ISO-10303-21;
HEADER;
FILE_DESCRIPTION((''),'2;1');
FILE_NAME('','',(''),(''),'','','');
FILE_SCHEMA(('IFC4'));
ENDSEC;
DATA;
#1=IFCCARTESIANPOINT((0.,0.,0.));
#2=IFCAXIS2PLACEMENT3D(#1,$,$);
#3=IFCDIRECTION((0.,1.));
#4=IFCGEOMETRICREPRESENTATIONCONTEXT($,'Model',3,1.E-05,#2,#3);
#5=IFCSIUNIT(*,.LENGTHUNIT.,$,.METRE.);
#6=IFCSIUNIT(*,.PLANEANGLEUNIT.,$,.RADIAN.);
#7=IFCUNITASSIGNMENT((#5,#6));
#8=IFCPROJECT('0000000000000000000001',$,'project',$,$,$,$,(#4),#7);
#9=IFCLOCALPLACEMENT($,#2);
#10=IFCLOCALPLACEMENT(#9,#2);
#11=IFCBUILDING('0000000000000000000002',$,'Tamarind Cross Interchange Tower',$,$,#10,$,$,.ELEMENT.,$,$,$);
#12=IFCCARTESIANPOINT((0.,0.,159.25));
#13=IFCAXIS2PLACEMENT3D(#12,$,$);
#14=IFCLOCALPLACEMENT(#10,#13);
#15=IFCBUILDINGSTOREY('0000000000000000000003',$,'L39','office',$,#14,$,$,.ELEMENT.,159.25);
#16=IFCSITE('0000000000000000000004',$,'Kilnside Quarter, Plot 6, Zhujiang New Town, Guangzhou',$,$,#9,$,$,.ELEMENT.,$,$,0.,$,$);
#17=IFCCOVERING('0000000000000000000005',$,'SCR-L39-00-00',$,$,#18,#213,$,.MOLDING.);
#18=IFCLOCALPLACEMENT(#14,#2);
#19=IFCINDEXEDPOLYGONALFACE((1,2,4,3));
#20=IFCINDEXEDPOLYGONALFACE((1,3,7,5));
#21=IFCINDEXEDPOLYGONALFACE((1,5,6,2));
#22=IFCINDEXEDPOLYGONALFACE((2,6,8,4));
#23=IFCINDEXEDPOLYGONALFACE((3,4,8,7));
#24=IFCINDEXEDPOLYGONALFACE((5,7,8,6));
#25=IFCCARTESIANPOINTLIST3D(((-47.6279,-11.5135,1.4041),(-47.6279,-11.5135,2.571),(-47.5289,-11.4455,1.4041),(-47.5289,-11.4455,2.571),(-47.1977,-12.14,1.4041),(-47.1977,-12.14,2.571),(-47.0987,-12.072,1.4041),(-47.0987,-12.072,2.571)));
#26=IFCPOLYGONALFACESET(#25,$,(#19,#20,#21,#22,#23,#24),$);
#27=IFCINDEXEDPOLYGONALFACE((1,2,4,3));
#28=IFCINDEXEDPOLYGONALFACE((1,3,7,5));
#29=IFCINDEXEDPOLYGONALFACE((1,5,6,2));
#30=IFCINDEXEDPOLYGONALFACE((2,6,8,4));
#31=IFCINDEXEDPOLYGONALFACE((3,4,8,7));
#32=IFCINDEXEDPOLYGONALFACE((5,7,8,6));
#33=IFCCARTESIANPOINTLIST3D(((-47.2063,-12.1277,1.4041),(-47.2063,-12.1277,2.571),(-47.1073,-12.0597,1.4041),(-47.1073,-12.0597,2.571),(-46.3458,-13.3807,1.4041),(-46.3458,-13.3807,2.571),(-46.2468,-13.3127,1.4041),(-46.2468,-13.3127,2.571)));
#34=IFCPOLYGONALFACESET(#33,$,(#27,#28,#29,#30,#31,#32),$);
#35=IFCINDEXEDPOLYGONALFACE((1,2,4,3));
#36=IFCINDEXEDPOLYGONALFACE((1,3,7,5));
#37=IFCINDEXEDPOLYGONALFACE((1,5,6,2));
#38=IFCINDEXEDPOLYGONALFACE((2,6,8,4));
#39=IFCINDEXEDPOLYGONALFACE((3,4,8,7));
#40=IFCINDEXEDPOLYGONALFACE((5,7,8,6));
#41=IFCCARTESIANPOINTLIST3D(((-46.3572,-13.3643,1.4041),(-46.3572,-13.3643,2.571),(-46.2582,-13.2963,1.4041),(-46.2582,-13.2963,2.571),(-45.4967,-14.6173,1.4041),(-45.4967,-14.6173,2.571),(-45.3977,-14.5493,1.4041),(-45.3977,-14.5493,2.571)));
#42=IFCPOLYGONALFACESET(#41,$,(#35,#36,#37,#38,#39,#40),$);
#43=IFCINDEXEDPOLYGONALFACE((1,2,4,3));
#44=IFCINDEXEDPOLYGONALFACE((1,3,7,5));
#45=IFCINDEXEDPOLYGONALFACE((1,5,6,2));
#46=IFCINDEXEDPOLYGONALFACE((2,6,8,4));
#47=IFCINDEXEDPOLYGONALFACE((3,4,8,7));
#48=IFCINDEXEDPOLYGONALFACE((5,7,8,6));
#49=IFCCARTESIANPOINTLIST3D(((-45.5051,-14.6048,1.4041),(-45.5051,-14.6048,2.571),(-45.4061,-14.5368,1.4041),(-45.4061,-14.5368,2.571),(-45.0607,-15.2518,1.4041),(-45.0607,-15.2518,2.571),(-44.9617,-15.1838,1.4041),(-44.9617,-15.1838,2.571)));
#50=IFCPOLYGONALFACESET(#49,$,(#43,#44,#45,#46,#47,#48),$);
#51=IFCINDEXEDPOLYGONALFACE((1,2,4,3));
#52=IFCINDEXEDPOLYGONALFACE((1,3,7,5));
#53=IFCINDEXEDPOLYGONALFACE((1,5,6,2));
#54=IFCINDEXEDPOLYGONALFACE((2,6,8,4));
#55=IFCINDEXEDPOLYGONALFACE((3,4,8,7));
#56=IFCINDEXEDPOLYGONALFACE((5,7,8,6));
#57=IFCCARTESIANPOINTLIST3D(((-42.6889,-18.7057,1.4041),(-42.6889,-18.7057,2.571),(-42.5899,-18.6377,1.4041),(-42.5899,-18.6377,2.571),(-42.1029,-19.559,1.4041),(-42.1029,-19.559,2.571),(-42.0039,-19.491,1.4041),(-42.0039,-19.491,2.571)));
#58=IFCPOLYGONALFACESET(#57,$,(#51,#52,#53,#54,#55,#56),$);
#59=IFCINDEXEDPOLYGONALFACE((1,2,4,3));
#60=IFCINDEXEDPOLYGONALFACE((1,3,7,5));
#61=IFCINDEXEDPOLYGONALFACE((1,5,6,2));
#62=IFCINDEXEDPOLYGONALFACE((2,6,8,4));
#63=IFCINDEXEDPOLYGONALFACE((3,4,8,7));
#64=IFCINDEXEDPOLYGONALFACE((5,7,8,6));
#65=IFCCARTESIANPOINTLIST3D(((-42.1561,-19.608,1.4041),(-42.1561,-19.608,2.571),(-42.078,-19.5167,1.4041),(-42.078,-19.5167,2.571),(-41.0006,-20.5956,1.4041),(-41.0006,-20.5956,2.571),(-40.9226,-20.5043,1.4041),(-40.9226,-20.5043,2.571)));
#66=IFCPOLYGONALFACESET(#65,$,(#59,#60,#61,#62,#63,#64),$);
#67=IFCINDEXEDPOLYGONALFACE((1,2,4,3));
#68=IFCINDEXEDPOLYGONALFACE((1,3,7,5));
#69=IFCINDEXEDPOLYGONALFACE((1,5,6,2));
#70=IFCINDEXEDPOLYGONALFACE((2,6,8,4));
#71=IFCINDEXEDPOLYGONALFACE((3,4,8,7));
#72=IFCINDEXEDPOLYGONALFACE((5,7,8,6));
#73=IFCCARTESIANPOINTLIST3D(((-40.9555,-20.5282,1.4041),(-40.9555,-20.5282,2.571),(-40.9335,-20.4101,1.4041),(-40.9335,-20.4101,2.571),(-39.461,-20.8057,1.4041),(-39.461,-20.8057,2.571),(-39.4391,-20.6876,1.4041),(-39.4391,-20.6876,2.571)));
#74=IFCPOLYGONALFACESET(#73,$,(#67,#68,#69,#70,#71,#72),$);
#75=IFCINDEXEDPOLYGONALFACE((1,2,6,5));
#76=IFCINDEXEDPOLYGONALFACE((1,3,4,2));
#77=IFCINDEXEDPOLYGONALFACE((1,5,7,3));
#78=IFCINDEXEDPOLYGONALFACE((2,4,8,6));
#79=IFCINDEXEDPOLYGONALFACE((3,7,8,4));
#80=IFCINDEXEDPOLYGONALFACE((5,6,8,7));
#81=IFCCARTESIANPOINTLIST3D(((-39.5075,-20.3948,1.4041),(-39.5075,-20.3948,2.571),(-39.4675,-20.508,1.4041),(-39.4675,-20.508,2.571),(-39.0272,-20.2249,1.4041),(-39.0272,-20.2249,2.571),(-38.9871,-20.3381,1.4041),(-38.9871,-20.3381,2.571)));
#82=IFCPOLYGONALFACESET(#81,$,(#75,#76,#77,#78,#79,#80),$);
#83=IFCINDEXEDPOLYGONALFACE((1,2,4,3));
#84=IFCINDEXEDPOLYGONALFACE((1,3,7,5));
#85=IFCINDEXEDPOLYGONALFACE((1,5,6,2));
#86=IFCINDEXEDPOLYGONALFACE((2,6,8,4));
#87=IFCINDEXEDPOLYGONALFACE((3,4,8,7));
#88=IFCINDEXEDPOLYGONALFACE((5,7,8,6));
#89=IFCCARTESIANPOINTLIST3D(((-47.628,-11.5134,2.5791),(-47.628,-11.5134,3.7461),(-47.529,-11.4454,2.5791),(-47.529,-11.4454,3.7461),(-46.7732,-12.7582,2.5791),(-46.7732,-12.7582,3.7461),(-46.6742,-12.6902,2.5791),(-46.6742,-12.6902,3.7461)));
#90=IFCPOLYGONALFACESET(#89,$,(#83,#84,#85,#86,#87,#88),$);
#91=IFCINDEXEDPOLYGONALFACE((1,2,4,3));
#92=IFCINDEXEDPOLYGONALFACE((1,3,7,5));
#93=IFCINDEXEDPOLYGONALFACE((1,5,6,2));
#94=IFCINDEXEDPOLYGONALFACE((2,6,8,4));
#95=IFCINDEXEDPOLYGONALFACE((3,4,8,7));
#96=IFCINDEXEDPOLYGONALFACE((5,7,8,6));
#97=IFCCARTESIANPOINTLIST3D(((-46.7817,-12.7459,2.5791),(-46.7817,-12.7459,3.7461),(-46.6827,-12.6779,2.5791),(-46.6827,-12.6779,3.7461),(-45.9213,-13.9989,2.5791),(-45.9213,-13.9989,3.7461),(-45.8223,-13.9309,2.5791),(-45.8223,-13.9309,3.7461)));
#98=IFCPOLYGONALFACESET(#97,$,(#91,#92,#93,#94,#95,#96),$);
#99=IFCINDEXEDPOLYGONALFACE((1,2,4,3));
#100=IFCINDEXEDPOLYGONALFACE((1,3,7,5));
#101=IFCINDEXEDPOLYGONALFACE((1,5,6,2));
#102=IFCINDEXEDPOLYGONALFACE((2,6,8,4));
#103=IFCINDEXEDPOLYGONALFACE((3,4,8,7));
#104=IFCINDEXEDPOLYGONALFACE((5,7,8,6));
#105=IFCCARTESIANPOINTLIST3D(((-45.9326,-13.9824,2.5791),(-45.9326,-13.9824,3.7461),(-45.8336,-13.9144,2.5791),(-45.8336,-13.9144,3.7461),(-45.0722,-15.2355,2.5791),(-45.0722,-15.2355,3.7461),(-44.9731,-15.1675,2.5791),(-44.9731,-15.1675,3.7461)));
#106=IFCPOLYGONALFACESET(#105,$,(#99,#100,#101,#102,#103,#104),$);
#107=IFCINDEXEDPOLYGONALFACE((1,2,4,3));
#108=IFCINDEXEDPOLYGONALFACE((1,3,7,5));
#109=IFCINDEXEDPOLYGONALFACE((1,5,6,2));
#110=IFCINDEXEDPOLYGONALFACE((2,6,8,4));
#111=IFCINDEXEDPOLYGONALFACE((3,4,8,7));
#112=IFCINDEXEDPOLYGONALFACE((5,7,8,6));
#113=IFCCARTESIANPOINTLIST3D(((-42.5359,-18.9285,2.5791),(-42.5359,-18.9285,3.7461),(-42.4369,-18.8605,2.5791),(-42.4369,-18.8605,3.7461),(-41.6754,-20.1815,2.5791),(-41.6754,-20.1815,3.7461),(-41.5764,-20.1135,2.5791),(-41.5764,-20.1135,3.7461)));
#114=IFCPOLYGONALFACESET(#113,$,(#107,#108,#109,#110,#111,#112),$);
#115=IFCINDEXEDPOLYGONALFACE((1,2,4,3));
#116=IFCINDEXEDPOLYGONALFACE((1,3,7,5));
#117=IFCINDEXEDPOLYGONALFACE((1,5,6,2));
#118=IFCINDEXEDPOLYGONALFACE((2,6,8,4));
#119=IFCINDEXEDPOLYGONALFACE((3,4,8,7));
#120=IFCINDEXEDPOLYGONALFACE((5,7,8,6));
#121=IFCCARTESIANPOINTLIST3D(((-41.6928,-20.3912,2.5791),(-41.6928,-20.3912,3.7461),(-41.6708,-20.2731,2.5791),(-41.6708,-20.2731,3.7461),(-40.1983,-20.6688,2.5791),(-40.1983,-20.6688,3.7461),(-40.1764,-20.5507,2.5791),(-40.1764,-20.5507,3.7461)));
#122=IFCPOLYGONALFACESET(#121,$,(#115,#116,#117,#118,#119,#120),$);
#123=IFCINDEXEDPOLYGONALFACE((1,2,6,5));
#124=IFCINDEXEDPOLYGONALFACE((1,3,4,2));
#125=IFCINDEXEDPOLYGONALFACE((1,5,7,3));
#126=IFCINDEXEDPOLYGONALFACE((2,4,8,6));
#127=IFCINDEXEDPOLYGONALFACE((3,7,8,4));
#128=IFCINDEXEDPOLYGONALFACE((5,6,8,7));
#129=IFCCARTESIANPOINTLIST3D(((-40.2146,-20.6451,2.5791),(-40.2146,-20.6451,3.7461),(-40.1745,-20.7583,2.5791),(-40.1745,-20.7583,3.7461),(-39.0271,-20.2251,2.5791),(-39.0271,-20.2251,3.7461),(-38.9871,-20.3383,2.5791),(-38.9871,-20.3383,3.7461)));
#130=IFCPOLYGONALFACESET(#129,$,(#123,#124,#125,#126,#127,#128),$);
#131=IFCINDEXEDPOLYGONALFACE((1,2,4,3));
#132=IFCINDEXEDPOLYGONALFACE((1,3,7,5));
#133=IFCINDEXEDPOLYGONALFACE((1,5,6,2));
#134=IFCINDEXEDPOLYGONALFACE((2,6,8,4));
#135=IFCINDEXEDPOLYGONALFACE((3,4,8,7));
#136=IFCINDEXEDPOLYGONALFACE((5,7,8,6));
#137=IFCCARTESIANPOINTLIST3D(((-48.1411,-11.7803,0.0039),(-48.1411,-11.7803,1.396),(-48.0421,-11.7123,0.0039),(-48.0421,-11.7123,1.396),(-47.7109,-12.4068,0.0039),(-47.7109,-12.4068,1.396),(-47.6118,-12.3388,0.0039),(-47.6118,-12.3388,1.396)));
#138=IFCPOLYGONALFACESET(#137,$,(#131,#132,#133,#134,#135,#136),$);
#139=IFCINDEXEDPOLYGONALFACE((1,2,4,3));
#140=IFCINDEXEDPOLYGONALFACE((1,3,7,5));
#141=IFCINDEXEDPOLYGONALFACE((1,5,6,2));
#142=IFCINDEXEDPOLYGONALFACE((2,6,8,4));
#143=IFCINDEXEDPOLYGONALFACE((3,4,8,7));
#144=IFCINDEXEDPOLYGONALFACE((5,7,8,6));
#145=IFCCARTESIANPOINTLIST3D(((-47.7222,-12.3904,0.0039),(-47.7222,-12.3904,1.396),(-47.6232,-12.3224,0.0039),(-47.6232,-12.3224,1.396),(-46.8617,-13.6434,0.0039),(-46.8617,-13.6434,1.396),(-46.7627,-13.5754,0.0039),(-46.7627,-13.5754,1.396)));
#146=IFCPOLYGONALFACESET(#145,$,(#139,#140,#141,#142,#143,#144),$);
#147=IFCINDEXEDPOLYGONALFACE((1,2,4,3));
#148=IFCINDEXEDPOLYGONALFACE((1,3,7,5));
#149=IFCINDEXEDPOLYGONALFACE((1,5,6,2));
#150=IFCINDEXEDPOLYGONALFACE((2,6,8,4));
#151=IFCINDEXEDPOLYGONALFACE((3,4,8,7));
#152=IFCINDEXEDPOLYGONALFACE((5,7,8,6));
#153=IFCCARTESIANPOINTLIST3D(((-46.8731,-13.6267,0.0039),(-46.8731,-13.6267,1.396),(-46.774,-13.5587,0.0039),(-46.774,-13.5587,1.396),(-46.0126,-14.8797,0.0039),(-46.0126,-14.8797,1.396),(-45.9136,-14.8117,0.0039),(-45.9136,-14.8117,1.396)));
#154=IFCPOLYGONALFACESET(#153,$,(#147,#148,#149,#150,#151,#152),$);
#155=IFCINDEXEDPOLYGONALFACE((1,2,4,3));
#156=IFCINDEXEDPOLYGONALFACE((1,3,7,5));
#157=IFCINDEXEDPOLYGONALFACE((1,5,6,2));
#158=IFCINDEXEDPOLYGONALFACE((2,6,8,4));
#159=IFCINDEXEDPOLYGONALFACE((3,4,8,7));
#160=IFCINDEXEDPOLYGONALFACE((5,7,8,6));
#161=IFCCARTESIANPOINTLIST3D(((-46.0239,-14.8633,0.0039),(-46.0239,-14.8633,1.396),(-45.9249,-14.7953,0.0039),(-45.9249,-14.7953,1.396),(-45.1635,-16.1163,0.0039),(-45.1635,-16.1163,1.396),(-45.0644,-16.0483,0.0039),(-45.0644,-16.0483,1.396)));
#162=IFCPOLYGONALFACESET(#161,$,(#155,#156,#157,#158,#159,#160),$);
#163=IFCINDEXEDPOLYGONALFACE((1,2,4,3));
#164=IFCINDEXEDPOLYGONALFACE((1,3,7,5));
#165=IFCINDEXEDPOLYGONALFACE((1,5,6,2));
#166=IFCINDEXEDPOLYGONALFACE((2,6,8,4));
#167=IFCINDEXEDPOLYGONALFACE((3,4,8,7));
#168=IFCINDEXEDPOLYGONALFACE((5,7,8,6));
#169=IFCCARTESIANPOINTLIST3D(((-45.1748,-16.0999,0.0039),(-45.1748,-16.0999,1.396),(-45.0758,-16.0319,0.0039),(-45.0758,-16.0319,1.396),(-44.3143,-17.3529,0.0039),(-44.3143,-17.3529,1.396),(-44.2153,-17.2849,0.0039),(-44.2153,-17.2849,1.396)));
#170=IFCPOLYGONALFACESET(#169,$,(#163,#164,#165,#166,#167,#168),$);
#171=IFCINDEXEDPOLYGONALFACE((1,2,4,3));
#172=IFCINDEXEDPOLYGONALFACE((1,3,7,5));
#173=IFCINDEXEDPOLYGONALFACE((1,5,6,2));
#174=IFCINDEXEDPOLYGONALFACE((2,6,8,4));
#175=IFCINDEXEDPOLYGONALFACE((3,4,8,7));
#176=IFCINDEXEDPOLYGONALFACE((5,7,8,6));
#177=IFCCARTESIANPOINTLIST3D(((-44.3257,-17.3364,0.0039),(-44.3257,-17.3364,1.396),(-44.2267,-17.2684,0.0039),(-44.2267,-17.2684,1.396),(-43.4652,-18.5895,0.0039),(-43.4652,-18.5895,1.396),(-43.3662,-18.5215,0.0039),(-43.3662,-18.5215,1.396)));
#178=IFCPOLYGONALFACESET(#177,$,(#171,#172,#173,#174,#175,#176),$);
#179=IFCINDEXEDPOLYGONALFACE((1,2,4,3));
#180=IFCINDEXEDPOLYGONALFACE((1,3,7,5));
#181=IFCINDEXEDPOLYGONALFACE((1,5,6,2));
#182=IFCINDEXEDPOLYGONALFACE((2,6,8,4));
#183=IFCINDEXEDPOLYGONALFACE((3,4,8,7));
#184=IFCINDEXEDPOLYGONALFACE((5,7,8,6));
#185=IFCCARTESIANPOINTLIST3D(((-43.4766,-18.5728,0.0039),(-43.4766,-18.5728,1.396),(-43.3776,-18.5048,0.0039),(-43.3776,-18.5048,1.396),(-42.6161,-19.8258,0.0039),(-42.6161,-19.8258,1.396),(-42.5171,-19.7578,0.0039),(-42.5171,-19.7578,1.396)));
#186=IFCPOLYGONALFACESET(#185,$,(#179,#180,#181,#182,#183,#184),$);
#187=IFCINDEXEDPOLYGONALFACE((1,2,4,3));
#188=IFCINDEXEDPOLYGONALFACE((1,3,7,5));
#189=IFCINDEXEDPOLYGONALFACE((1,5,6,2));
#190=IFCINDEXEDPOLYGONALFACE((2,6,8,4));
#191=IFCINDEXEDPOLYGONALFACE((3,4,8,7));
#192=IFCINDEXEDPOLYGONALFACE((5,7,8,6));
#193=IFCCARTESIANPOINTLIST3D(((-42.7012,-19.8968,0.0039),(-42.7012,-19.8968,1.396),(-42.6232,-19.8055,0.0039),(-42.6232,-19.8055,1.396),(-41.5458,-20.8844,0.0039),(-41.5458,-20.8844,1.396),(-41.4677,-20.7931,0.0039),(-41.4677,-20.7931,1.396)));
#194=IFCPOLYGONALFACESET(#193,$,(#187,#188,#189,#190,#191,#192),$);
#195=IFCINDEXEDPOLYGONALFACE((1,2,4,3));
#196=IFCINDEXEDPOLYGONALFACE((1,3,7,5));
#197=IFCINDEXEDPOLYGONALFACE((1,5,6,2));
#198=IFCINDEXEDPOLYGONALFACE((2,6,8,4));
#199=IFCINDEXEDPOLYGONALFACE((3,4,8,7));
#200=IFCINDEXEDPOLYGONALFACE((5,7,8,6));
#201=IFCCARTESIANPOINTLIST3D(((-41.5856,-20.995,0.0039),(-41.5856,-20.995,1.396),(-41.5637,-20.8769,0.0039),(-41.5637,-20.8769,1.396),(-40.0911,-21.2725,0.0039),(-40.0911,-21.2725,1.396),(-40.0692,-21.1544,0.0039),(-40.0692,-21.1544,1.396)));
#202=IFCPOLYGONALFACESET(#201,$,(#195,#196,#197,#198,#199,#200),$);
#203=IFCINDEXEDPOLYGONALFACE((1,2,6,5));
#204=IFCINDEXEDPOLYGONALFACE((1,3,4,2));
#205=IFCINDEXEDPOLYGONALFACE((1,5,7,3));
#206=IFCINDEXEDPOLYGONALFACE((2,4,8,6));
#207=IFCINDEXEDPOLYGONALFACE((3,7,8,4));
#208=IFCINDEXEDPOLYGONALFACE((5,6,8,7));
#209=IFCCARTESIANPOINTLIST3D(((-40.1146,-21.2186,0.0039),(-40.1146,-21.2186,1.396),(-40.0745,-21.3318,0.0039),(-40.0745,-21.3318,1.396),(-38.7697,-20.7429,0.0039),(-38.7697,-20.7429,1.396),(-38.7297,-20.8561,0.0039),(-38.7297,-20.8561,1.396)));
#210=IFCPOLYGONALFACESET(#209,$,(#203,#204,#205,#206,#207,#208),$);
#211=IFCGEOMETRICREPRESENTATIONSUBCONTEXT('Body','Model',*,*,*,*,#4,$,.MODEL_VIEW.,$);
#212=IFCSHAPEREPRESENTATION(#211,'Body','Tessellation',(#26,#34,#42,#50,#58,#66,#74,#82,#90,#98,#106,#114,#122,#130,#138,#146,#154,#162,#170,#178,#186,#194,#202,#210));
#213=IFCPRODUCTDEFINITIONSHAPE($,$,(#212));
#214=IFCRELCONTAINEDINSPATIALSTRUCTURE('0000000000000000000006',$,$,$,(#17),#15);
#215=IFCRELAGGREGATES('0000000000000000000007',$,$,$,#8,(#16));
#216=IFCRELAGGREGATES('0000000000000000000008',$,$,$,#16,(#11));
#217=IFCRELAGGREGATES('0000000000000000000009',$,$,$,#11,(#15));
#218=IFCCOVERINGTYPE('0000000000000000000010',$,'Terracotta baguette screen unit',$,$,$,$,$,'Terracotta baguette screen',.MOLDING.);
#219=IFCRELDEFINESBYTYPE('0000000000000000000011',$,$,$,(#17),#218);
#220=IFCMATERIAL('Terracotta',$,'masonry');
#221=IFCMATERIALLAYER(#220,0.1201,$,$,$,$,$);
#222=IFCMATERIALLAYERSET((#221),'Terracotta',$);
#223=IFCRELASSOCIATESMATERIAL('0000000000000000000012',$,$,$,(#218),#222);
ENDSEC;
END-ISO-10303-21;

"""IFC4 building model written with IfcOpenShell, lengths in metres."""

from ifc_helpers import new_model, si_unit, direction, frame, origin, origin_2d, place, context, subcontext, project, spatial, rectangle, extrude, material, layer, layer_set, type_object, element, save


model = new_model("IFC4")

# Units and contexts
model_context = context("Model", 3, precision=1e-05, world=origin(), true_north=direction((0.0, 1.0)))
body_context = subcontext(model_context, "Body", "Model", "MODEL_VIEW")
ifc_project = project(units=[si_unit("LENGTHUNIT", "METRE"), si_unit("PLANEANGLEUNIT", "RADIAN")], contexts=[model_context])

# Site, building, storey
site_placement = place(None, origin())
site = spatial("IfcSite", under=ifc_project, at=site_placement, Name="Kilnside Quarter, Plot 6, Zhujiang New Town, Guangzhou", CompositionType="ELEMENT", RefElevation=0.0)
building_placement = place(site_placement, origin())
building = spatial("IfcBuilding", under=site, at=building_placement, Name="Tamarind Cross Interchange Tower", CompositionType="ELEMENT")
storey_placement = place(building_placement, frame((0.0, 0.0, 159.25)))
storey = spatial("IfcBuildingStorey", under=building, at=storey_placement, Name="L39", Description="office", CompositionType="ELEMENT", Elevation=159.25)

# Covering
ifc_material_1 = material(Name="Terracotta", Category="masonry")
ifc_layer_1 = layer(ifc_material_1, 0.1201)
ifc_layer_set_1 = layer_set([ifc_layer_1], Name="Terracotta")
covering_type = type_object("IfcCoveringType", Name="Terracotta baguette screen unit", ElementType="Terracotta baguette screen", PredefinedType="MOLDING", material=ifc_layer_set_1)
covering_1_placement = place(storey_placement, origin())
element("IfcCovering", 1, at=covering_1_placement, inside=storey, type_object=covering_type, Name="SCR-L39-00-00", PredefinedType="MOLDING", context=body_context, shape_type="SweptSolid", body=[
    extrude(rectangle(XDim=0.76, YDim=0.1201, at=origin_2d()), frame((-47.3633, -11.7927, 1.4041), z_axis=(0.0, 0.0, 1.0), x_axis=(0.566096, -0.82434, 0.0)), (0.0, 0.0, 1.0), 1.167),
    extrude(rectangle(XDim=1.52, YDim=0.1201, at=origin_2d()), frame((-46.7266, -12.7202, 1.4041), z_axis=(0.0, 0.0, 1.0), x_axis=(0.566096, -0.82434, 0.0)), (0.0, 0.0, 1.0), 1.167),
    extrude(rectangle(XDim=1.52, YDim=0.1201, at=origin_2d()), frame((-45.8774, -13.9568, 1.4041), z_axis=(0.0, 0.0, 1.0), x_axis=(0.566096, -0.82434, 0.0)), (0.0, 0.0, 1.0), 1.167),
    extrude(rectangle(XDim=0.7849, YDim=0.1201, at=origin_2d()), frame((-45.2334, -14.8943, 1.4041), z_axis=(0.0, 0.0, 1.0), x_axis=(0.566096, -0.82434, 0.0)), (0.0, 0.0, 1.0), 1.167),
    extrude(rectangle(XDim=1.0352, YDim=0.1201, at=origin_2d()), frame((-42.3464, -19.0984, 1.4041), z_axis=(0.0, 0.0, 1.0), x_axis=(0.566096, -0.82434, 0.0)), (0.0, 0.0, 1.0), 1.167),
    extrude(rectangle(XDim=1.52, YDim=0.1201, at=origin_2d()), frame((-41.5393, -20.0562, 1.4041), z_axis=(0.0, 0.0, 1.0), x_axis=(0.760161, -0.649735, 0.0)), (0.0, 0.0, 1.0), 1.167),
    extrude(rectangle(XDim=1.52, YDim=0.1201, at=origin_2d()), frame((-40.1973, -20.6079, 1.4041), z_axis=(0.0, 0.0, 1.0), x_axis=(0.983186, -0.182606, 0.0)), (0.0, 0.0, 1.0), 1.167),
    extrude(rectangle(XDim=0.5095, YDim=0.1201, at=origin_2d()), frame((-39.2473, -20.3665, 1.4041), z_axis=(0.0, 0.0, 1.0), x_axis=(0.942767, 0.333451, 0.0)), (0.0, 0.0, 1.0), 1.167),
    extrude(rectangle(XDim=1.51, YDim=0.1201, at=origin_2d()), frame((-47.1511, -12.1018, 2.5791), z_axis=(0.0, 0.0, 1.0), x_axis=(0.566096, -0.82434, 0.0)), (0.0, 0.0, 1.0), 1.167),
    extrude(rectangle(XDim=1.52, YDim=0.1201, at=origin_2d()), frame((-46.302, -13.3384, 2.5791), z_axis=(0.0, 0.0, 1.0), x_axis=(0.566096, -0.82434, 0.0)), (0.0, 0.0, 1.0), 1.167),
    extrude(rectangle(XDim=1.52, YDim=0.1201, at=origin_2d()), frame((-45.4529, -14.575, 2.5791), z_axis=(0.0, 0.0, 1.0), x_axis=(0.566096, -0.82434, 0.0)), (0.0, 0.0, 1.0), 1.167),
    extrude(rectangle(XDim=1.52, YDim=0.1201, at=origin_2d()), frame((-42.0562, -19.521, 2.5791), z_axis=(0.0, 0.0, 1.0), x_axis=(0.566096, -0.82434, 0.0)), (0.0, 0.0, 1.0), 1.167),
    extrude(rectangle(XDim=1.52, YDim=0.1201, at=origin_2d()), frame((-40.9346, -20.4709, 2.5791), z_axis=(0.0, 0.0, 1.0), x_axis=(0.983186, -0.182606, 0.0)), (0.0, 0.0, 1.0), 1.167),
    extrude(rectangle(XDim=1.2595, YDim=0.1201, at=origin_2d()), frame((-39.6008, -20.4917, 2.5791), z_axis=(0.0, 0.0, 1.0), x_axis=(0.942767, 0.333451, 0.0)), (0.0, 0.0, 1.0), 1.167),
    extrude(rectangle(XDim=0.76, YDim=0.1201, at=origin_2d()), frame((-47.8765, -12.0596, 0.0039), z_axis=(0.0, 0.0, 1.0), x_axis=(0.566096, -0.82434, 0.0)), (0.0, 0.0, 1.0), 1.3921),
    extrude(rectangle(XDim=1.52, YDim=0.1201, at=origin_2d()), frame((-47.2424, -12.9829, 0.0039), z_axis=(0.0, 0.0, 1.0), x_axis=(0.566096, -0.82434, 0.0)), (0.0, 0.0, 1.0), 1.3921),
    extrude(rectangle(XDim=1.52, YDim=0.1201, at=origin_2d()), frame((-46.3933, -14.2192, 0.0039), z_axis=(0.0, 0.0, 1.0), x_axis=(0.566096, -0.82434, 0.0)), (0.0, 0.0, 1.0), 1.3921),
    extrude(rectangle(XDim=1.52, YDim=0.1201, at=origin_2d()), frame((-45.5442, -15.4558, 0.0039), z_axis=(0.0, 0.0, 1.0), x_axis=(0.566096, -0.82434, 0.0)), (0.0, 0.0, 1.0), 1.3921),
    extrude(rectangle(XDim=1.52, YDim=0.1201, at=origin_2d()), frame((-44.6951, -16.6924, 0.0039), z_axis=(0.0, 0.0, 1.0), x_axis=(0.566096, -0.82434, 0.0)), (0.0, 0.0, 1.0), 1.3921),
    extrude(rectangle(XDim=1.52, YDim=0.1201, at=origin_2d()), frame((-43.8459, -17.929, 0.0039), z_axis=(0.0, 0.0, 1.0), x_axis=(0.566096, -0.82434, 0.0)), (0.0, 0.0, 1.0), 1.3921),
    extrude(rectangle(XDim=1.52, YDim=0.1201, at=origin_2d()), frame((-42.9968, -19.1653, 0.0039), z_axis=(0.0, 0.0, 1.0), x_axis=(0.566096, -0.82434, 0.0)), (0.0, 0.0, 1.0), 1.3921),
    extrude(rectangle(XDim=1.52, YDim=0.1201, at=origin_2d()), frame((-42.0845, -20.345, 0.0039), z_axis=(0.0, 0.0, 1.0), x_axis=(0.760161, -0.649735, 0.0)), (0.0, 0.0, 1.0), 1.3921),
    extrude(rectangle(XDim=1.52, YDim=0.1201, at=origin_2d()), frame((-40.8274, -21.0747, 0.0039), z_axis=(0.0, 0.0, 1.0), x_axis=(0.983186, -0.182606, 0.0)), (0.0, 0.0, 1.0), 1.3921),
    extrude(rectangle(XDim=1.4265, YDim=0.1201, at=origin_2d()), frame((-39.4221, -21.0374, 0.0039), z_axis=(0.0, 0.0, 1.0), x_axis=(0.942767, 0.333451, 0.0)), (0.0, 0.0, 1.0), 1.3921),
])

save(model, "model.ifc")
